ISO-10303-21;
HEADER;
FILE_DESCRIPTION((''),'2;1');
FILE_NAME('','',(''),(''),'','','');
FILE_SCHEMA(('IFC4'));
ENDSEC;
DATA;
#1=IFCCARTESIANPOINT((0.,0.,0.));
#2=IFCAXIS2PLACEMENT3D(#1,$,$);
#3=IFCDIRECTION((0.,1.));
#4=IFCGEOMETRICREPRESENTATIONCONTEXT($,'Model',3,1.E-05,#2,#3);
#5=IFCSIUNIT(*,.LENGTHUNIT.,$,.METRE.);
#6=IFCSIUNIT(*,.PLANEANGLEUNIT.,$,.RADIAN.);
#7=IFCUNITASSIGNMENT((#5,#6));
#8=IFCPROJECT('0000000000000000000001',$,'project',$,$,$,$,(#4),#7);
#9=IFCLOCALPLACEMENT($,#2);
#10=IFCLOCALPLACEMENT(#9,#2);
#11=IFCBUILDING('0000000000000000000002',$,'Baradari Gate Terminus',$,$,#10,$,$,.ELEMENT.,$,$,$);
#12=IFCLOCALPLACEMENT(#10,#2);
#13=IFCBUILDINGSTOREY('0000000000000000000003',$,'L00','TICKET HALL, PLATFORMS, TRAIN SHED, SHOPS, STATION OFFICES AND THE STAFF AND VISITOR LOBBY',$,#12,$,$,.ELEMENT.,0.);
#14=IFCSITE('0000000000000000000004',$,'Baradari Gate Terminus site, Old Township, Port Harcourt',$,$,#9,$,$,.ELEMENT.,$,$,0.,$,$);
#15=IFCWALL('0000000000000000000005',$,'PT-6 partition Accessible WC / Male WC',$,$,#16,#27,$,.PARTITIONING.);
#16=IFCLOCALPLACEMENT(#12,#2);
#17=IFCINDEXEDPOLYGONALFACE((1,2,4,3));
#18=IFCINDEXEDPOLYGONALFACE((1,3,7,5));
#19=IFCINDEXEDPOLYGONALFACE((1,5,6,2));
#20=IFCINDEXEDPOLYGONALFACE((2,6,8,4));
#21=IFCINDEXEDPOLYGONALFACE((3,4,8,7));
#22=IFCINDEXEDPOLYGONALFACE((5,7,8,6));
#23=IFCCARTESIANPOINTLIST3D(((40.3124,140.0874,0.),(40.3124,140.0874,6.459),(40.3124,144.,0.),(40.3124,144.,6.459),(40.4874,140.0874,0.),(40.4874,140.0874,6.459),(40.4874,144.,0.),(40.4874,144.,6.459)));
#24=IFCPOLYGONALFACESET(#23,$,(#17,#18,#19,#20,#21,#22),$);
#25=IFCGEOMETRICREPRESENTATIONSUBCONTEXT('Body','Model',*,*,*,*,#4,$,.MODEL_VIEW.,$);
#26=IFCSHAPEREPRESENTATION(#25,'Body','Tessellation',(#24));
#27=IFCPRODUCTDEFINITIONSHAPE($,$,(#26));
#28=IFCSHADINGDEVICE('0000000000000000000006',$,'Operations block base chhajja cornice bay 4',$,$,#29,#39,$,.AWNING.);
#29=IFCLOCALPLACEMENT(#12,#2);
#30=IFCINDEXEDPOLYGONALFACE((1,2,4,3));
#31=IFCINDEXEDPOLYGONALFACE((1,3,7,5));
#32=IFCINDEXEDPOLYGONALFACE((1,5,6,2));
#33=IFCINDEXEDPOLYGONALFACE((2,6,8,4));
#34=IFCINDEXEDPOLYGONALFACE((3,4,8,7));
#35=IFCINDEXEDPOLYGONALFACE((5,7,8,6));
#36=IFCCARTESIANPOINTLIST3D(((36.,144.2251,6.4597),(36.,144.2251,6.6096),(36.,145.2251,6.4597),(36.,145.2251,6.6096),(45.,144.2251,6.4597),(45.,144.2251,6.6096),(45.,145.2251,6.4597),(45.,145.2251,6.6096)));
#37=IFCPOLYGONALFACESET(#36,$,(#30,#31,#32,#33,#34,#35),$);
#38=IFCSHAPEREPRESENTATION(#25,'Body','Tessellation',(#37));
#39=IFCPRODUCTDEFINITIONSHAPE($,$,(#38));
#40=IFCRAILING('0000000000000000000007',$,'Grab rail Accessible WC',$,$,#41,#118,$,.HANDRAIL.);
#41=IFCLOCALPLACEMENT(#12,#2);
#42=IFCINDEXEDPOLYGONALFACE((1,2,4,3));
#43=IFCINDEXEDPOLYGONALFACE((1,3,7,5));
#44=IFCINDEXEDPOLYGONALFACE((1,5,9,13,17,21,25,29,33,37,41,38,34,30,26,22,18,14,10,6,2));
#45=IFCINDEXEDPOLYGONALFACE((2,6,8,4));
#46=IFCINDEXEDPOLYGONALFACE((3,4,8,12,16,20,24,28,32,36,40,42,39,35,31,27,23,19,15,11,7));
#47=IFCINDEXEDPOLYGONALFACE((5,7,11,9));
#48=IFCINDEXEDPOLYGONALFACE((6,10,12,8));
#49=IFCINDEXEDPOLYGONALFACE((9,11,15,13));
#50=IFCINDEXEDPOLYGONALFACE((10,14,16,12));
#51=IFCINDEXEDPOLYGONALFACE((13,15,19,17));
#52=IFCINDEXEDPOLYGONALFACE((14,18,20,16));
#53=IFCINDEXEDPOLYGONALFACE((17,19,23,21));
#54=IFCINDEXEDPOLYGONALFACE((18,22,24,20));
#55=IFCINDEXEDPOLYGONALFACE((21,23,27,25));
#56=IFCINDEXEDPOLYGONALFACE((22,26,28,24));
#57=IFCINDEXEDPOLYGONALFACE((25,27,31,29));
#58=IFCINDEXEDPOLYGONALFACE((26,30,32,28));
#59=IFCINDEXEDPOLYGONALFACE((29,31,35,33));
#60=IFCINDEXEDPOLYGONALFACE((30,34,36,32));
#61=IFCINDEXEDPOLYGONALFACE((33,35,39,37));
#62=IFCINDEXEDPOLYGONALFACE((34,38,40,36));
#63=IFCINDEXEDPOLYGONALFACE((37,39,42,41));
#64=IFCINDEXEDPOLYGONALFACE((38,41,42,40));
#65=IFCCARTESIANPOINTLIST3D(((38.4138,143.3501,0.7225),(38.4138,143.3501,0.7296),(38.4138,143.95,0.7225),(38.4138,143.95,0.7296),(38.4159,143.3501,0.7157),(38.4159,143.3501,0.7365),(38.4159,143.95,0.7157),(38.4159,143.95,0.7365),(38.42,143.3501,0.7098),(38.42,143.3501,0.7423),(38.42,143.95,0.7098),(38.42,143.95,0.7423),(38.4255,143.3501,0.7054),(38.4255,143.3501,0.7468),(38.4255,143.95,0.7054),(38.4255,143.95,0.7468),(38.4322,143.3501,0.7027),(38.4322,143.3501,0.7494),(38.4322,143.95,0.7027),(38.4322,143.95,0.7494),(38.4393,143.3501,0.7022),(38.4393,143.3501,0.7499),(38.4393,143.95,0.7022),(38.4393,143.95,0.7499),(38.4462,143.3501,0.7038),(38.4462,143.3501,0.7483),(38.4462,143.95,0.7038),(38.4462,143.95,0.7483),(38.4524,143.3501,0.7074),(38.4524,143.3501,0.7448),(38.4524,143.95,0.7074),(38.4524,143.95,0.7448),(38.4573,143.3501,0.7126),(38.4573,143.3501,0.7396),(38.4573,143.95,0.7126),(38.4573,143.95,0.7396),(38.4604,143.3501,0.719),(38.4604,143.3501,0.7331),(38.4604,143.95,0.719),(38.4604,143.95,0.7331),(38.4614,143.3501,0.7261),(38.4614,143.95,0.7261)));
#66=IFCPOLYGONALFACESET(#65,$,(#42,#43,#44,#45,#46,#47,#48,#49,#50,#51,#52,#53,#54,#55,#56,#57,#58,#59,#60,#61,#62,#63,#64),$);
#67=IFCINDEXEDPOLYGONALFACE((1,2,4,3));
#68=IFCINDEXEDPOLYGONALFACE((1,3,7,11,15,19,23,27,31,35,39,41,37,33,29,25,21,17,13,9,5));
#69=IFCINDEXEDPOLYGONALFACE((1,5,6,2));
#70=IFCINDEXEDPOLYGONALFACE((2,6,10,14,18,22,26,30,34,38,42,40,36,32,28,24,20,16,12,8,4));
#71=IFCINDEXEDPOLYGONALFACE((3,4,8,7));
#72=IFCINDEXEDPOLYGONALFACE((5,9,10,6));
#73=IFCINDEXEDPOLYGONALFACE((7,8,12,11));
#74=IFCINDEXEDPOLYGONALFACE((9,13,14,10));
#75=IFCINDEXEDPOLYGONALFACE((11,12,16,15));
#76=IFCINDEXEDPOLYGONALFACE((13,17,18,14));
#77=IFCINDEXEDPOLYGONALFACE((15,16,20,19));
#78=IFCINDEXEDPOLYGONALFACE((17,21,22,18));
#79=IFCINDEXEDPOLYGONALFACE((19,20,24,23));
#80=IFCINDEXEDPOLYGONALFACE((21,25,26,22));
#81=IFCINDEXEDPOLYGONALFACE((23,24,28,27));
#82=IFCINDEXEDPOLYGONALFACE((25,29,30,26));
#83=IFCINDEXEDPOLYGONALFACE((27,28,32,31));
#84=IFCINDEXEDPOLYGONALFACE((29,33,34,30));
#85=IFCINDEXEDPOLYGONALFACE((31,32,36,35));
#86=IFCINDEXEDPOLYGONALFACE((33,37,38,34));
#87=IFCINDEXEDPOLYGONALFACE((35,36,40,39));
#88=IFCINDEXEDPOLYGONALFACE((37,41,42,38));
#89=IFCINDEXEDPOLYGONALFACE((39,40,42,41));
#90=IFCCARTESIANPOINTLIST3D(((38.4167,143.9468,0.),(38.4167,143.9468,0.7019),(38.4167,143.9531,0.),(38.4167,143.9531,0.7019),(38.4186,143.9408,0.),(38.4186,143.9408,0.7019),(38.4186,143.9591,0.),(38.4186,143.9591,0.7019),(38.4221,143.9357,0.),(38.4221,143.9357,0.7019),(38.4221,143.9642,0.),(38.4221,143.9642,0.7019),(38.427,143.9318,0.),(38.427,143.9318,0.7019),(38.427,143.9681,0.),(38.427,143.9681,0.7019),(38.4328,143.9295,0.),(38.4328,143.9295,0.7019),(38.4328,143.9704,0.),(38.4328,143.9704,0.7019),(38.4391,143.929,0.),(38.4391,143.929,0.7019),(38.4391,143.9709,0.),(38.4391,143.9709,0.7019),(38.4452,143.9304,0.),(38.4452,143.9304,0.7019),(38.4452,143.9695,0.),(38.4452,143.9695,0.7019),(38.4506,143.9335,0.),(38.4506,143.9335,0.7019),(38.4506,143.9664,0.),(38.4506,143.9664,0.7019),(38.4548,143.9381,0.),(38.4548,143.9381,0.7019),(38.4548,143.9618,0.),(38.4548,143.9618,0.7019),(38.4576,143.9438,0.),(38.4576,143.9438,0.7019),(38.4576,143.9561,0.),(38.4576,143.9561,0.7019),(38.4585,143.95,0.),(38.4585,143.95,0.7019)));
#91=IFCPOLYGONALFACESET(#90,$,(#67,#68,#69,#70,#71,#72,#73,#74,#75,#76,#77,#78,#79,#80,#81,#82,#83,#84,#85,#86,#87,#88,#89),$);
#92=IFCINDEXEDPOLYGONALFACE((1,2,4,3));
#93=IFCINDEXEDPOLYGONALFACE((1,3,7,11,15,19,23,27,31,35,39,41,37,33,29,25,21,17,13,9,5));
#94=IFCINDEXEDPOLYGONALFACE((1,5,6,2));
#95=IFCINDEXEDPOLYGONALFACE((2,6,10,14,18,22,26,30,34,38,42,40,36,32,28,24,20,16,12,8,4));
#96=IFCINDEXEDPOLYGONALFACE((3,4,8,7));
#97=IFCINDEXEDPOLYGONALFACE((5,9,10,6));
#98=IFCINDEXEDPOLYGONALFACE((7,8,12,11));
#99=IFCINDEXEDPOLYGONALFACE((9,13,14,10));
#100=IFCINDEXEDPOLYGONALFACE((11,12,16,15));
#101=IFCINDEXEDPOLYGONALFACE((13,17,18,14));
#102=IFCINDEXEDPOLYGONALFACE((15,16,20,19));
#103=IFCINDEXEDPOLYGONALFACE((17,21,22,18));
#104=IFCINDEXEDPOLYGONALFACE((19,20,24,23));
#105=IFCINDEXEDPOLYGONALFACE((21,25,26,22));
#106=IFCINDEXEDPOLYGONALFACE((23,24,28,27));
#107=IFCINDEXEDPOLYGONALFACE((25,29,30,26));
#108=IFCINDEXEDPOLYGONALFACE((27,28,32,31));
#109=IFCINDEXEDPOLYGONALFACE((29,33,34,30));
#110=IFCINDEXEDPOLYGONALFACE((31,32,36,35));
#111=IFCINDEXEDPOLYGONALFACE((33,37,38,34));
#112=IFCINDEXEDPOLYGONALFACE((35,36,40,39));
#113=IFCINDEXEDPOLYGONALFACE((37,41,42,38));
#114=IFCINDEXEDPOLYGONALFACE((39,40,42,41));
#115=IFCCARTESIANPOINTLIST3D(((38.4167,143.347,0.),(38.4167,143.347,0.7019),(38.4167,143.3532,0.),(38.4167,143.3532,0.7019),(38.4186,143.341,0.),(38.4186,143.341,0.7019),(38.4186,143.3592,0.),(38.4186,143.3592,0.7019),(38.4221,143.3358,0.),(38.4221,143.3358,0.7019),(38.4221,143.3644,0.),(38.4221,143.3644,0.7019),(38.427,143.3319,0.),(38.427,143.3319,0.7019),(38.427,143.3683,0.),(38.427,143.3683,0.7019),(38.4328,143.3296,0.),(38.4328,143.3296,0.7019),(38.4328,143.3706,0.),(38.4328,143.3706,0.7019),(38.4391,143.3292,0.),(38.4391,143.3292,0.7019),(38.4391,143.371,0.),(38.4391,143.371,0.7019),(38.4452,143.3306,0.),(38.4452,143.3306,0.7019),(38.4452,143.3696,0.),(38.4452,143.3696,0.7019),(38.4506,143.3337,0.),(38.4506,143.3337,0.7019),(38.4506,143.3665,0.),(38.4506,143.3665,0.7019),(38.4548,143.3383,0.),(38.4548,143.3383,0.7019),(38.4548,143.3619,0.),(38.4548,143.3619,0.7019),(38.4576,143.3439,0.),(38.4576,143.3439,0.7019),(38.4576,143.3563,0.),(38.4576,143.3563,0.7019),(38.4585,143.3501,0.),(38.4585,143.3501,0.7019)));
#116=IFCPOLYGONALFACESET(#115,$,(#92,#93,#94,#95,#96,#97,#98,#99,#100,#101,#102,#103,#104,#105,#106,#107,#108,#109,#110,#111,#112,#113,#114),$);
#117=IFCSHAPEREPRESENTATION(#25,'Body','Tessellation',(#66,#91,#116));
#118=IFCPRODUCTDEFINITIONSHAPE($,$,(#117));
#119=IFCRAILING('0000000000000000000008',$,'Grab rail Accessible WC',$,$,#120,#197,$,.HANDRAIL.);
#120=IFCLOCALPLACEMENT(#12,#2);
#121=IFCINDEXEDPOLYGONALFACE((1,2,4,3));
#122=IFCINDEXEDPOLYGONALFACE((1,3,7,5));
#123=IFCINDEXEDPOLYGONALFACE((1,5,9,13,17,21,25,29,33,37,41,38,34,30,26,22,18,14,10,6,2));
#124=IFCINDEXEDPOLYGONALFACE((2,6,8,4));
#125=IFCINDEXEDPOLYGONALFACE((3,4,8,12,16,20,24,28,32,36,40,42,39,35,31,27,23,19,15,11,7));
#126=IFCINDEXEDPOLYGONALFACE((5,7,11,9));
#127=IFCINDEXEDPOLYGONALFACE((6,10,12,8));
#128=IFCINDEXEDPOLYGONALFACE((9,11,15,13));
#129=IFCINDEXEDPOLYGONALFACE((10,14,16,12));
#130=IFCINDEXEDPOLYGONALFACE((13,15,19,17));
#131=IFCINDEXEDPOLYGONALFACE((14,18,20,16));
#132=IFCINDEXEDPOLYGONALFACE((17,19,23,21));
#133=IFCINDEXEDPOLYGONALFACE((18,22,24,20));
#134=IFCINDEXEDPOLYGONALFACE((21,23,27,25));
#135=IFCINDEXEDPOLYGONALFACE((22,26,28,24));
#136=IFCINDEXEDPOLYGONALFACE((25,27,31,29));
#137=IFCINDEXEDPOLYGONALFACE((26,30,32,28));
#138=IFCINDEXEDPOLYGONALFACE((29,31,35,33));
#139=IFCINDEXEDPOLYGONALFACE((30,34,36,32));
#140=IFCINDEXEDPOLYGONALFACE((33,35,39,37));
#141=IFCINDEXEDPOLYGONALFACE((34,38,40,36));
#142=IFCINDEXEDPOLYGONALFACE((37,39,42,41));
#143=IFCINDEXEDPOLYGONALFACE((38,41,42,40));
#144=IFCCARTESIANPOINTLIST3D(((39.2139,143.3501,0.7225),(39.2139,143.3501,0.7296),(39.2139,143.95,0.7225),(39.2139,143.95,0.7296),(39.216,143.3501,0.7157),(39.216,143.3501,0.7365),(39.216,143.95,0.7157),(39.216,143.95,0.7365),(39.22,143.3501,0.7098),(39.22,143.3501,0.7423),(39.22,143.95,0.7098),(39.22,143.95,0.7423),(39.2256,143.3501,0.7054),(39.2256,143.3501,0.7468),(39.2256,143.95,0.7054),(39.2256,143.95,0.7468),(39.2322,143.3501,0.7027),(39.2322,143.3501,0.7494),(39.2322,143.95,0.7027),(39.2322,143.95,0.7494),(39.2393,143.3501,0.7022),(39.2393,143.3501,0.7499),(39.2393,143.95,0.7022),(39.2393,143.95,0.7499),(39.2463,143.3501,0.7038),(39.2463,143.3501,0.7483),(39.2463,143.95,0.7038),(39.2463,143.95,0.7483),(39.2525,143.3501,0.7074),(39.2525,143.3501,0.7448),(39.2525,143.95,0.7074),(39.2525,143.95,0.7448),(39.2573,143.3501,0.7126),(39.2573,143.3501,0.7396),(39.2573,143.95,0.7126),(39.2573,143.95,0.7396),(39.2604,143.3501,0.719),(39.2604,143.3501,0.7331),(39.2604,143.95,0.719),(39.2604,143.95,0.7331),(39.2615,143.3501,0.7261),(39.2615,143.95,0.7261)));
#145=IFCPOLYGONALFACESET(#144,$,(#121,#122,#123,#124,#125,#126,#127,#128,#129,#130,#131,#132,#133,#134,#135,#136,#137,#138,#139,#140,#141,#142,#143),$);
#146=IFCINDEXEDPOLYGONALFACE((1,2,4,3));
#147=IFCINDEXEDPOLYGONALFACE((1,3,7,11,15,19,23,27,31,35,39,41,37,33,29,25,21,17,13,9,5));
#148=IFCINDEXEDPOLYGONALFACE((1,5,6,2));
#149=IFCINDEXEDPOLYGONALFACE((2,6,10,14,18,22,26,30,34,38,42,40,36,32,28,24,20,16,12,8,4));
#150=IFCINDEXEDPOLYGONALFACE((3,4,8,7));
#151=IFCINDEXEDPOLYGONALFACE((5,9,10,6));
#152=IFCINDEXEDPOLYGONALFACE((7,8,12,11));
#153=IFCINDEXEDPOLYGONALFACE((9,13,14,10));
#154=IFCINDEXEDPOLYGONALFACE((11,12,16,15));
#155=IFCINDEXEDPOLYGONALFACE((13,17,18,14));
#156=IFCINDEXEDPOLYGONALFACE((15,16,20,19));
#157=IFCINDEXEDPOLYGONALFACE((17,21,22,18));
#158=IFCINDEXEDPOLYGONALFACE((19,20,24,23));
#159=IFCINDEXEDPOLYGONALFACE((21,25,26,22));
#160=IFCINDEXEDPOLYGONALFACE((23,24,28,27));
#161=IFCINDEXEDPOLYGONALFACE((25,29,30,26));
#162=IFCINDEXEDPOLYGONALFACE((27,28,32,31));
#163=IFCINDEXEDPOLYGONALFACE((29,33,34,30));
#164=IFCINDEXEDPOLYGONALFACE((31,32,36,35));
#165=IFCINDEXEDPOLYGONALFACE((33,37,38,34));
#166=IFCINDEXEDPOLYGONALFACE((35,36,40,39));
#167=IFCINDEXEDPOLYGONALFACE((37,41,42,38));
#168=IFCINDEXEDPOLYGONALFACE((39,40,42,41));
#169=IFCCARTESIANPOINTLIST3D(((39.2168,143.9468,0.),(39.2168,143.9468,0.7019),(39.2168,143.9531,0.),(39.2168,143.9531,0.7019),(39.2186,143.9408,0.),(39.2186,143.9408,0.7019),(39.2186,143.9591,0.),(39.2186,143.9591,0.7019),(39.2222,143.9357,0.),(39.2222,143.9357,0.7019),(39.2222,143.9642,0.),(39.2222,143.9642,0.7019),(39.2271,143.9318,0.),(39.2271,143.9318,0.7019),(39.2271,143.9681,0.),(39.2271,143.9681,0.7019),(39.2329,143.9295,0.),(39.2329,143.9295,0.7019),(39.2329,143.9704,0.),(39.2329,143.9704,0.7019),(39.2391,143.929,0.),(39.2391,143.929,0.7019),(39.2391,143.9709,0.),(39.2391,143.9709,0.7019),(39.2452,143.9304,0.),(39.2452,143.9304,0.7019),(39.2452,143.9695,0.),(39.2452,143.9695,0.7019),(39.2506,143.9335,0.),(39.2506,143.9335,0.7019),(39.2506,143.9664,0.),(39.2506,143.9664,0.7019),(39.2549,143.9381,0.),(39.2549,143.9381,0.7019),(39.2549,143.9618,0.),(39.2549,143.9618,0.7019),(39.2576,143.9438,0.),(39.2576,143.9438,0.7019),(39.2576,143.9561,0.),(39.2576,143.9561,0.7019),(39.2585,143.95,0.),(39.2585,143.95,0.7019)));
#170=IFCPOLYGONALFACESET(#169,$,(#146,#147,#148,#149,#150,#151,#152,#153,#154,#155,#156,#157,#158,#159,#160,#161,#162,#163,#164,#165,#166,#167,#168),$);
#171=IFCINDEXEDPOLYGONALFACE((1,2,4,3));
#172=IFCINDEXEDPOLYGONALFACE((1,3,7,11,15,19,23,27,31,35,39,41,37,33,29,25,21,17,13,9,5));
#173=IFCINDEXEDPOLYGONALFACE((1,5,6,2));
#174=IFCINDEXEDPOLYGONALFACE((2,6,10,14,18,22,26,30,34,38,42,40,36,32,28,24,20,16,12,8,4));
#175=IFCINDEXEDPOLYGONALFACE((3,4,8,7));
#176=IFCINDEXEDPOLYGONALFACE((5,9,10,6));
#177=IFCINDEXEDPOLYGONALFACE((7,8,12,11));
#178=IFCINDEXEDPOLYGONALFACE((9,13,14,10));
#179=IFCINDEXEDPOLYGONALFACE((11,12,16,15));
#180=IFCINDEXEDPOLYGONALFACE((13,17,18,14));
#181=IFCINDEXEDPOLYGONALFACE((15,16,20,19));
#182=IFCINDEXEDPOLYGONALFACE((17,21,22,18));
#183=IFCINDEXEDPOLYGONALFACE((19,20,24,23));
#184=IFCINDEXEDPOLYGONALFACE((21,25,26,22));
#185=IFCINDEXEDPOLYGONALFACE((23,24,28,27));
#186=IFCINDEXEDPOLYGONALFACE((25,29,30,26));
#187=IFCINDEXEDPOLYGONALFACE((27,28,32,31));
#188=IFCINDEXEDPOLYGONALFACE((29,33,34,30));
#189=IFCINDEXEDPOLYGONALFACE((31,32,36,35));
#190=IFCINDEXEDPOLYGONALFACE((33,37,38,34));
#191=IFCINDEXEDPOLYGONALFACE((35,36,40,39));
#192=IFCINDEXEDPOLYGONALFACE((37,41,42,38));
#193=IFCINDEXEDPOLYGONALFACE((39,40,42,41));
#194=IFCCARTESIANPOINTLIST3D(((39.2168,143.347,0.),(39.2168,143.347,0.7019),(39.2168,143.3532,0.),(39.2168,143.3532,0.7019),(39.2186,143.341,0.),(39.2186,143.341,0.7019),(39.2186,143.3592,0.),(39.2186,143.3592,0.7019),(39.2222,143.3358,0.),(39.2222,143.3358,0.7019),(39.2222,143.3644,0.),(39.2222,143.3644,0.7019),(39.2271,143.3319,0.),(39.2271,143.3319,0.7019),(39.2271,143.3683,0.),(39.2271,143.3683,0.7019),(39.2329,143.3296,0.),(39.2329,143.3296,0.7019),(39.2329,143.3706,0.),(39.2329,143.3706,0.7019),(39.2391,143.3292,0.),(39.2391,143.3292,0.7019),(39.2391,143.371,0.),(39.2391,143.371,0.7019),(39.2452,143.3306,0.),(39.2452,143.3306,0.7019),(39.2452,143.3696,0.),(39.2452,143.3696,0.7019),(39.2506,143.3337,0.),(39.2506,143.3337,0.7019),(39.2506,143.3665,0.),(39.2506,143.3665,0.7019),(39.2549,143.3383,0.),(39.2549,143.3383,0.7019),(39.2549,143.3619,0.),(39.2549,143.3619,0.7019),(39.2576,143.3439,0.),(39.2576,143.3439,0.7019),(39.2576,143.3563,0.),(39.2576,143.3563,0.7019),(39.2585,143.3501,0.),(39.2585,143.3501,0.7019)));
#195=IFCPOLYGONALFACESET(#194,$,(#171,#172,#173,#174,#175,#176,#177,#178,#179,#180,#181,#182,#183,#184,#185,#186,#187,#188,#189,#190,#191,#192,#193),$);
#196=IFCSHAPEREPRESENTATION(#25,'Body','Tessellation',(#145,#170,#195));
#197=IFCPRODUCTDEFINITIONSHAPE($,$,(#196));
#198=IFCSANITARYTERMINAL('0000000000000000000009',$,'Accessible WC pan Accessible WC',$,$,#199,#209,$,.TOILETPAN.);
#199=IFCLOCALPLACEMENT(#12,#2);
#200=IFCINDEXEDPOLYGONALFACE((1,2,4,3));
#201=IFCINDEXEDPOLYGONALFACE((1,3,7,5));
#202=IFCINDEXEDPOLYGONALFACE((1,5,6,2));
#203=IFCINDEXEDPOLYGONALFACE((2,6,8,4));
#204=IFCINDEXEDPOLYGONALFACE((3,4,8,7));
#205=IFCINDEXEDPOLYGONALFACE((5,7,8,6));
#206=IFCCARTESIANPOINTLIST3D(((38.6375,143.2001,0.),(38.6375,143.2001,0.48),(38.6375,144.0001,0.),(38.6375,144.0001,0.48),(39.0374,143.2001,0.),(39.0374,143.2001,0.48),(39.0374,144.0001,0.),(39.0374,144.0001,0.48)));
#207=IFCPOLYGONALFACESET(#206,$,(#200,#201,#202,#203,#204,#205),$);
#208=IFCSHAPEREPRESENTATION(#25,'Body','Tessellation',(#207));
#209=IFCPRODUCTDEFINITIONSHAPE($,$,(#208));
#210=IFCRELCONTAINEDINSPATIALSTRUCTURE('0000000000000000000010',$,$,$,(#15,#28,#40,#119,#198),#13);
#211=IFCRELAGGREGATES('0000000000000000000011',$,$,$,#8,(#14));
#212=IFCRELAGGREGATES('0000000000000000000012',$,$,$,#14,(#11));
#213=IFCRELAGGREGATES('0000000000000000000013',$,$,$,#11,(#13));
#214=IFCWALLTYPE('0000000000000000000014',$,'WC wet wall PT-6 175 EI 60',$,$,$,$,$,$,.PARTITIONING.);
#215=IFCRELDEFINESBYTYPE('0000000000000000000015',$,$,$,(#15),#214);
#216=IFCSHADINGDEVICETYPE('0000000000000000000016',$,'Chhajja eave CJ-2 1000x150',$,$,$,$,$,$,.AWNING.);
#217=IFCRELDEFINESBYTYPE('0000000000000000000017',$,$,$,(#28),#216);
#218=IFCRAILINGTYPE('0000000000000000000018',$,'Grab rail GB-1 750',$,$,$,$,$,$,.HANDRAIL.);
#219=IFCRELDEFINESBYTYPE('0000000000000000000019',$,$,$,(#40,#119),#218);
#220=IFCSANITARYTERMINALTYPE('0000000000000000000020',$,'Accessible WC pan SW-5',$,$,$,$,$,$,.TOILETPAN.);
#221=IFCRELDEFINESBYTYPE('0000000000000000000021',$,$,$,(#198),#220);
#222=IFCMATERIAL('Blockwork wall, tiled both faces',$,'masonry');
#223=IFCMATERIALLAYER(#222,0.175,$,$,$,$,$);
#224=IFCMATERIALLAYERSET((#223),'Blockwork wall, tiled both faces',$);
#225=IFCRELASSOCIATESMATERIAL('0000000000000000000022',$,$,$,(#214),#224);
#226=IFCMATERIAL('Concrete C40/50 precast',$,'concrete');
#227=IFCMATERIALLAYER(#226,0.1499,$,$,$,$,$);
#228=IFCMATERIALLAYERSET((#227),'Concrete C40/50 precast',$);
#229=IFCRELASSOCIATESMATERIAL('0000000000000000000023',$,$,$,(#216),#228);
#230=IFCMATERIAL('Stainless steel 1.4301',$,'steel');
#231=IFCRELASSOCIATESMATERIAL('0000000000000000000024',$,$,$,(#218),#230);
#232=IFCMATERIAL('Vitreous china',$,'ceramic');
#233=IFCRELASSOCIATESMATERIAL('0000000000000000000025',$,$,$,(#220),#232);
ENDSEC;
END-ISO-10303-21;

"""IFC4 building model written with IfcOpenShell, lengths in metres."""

from ifc_helpers import new_model, si_unit, direction, frame, frame_2d, origin, origin_2d, place, context, subcontext, project, spatial, rectangle, circle, extrude, material, layer, layer_set, type_object, element, save


model = new_model("IFC4")

# Units and contexts
model_context = context("Model", 3, precision=1e-05, world=origin(), true_north=direction((0.0, 1.0)))
body_context = subcontext(model_context, "Body", "Model", "MODEL_VIEW")
ifc_project = project(units=[si_unit("LENGTHUNIT", "METRE"), si_unit("PLANEANGLEUNIT", "RADIAN")], contexts=[model_context])

# Site, building, storey
site_placement = place(None, origin())
site = spatial("IfcSite", under=ifc_project, at=site_placement, Name="Baradari Gate Terminus site, Old Township, Port Harcourt", CompositionType="ELEMENT", RefElevation=0.0)
building_placement = place(site_placement, origin())
building = spatial("IfcBuilding", under=site, at=building_placement, Name="Baradari Gate Terminus", CompositionType="ELEMENT")
storey_placement = place(building_placement, origin())
storey = spatial("IfcBuildingStorey", under=building, at=storey_placement, Name="L00", Description="TICKET HALL, PLATFORMS, TRAIN SHED, SHOPS, STATION OFFICES AND THE STAFF AND VISITOR LOBBY", CompositionType="ELEMENT", Elevation=0.0)

# Wall
ifc_material_1 = material(Name="Blockwork wall, tiled both faces", Category="masonry")
ifc_layer_1 = layer(ifc_material_1, 0.175)
ifc_layer_set_1 = layer_set([ifc_layer_1], Name="Blockwork wall, tiled both faces")
wall_type = type_object("IfcWallType", Name="WC wet wall PT-6 175 EI 60", PredefinedType="PARTITIONING", material=ifc_layer_set_1)
wall_1_placement = place(storey_placement, frame((40.3999, 144.0, 0.0), z_axis=(0.0, 0.0, 1.0), x_axis=(0.0, -1.0, 0.0)))
element("IfcWall", 1, at=wall_1_placement, inside=storey, type_object=wall_type, Name="PT-6 partition Accessible WC / Male WC", PredefinedType="PARTITIONING", context=body_context, shape_type="SweptSolid", body=[
    extrude(rectangle(XDim=3.9126, YDim=0.175, at=frame_2d((1.9563, 0.0))), origin(), (0.0, 0.0, 1.0), 6.459),
])

# Shading device
ifc_material_2 = material(Name="Concrete C40/50 precast", Category="concrete")
ifc_layer_2 = layer(ifc_material_2, 0.1499)
ifc_layer_set_2 = layer_set([ifc_layer_2], Name="Concrete C40/50 precast")
shading_device_type = type_object("IfcShadingDeviceType", Name="Chhajja eave CJ-2 1000x150", PredefinedType="AWNING", material=ifc_layer_set_2)
shading_device_placement = place(storey_placement, frame((40.5, 144.7251, 6.4597), z_axis=(0.0, 0.0, 1.0), x_axis=(1.0, 0.0, 0.0)))
element("IfcShadingDevice", 2, at=shading_device_placement, inside=storey, type_object=shading_device_type, Name="Operations block base chhajja cornice bay 4", PredefinedType="AWNING", context=body_context, shape_type="SweptSolid", body=[
    extrude(rectangle(XDim=9.0, YDim=1.0, at=origin_2d()), origin(), (0.0, 0.0, 1.0), 0.1499),
])

# Railings
ifc_material_3 = material(Name="Stainless steel 1.4301", Category="steel")
railing_type = type_object("IfcRailingType", Name="Grab rail GB-1 750", PredefinedType="HANDRAIL", material=ifc_material_3)
for number, where, name in (
    (3, (38.4375, 143.95, 0.0), "Grab rail Accessible WC"),
    (4, (39.2375, 143.95, 0.0), "Grab rail Accessible WC"),
):
    element("IfcRailing", number, at=place(storey_placement, frame(where)), inside=storey, type_object=railing_type, Name=name, PredefinedType="HANDRAIL", context=body_context, shape_type="SweptSolid", body=[
        extrude(circle(Radius=0.0239, at=origin_2d()), frame((0.0, 0.0, 0.7261), z_axis=(0.0, -1.0, 0.0), x_axis=(1.0, 0.0, 0.0)), (0.0, 0.0, 1.0), 0.5999),
        extrude(circle(Radius=0.021, at=origin_2d()), origin(), (0.0, 0.0, 1.0), 0.7019),
        extrude(circle(Radius=0.021, at=origin_2d()), frame((0.0, -0.5999, 0.0)), (0.0, 0.0, 1.0), 0.7019),
    ])

# Sanitary terminal
ifc_material_4 = material(Name="Vitreous china", Category="ceramic")
sanitary_terminal_type_1 = type_object("IfcSanitaryTerminalType", Name="Accessible WC pan SW-5", PredefinedType="TOILETPAN", material=ifc_material_4)
sanitary_terminal_placement = place(storey_placement, frame((38.8374, 143.6001, 0.0), z_axis=(0.0, 0.0, 1.0), x_axis=(1.0, 0.0, 0.0)))
element("IfcSanitaryTerminal", 5, at=sanitary_terminal_placement, inside=storey, type_object=sanitary_terminal_type_1, Name="Accessible WC pan Accessible WC", PredefinedType="TOILETPAN", context=body_context, shape_type="SweptSolid", body=[
    extrude(rectangle(XDim=0.3999, YDim=0.8, at=origin_2d()), origin(), (0.0, 0.0, 1.0), 0.48),
])

save(model, "model.ifc")
